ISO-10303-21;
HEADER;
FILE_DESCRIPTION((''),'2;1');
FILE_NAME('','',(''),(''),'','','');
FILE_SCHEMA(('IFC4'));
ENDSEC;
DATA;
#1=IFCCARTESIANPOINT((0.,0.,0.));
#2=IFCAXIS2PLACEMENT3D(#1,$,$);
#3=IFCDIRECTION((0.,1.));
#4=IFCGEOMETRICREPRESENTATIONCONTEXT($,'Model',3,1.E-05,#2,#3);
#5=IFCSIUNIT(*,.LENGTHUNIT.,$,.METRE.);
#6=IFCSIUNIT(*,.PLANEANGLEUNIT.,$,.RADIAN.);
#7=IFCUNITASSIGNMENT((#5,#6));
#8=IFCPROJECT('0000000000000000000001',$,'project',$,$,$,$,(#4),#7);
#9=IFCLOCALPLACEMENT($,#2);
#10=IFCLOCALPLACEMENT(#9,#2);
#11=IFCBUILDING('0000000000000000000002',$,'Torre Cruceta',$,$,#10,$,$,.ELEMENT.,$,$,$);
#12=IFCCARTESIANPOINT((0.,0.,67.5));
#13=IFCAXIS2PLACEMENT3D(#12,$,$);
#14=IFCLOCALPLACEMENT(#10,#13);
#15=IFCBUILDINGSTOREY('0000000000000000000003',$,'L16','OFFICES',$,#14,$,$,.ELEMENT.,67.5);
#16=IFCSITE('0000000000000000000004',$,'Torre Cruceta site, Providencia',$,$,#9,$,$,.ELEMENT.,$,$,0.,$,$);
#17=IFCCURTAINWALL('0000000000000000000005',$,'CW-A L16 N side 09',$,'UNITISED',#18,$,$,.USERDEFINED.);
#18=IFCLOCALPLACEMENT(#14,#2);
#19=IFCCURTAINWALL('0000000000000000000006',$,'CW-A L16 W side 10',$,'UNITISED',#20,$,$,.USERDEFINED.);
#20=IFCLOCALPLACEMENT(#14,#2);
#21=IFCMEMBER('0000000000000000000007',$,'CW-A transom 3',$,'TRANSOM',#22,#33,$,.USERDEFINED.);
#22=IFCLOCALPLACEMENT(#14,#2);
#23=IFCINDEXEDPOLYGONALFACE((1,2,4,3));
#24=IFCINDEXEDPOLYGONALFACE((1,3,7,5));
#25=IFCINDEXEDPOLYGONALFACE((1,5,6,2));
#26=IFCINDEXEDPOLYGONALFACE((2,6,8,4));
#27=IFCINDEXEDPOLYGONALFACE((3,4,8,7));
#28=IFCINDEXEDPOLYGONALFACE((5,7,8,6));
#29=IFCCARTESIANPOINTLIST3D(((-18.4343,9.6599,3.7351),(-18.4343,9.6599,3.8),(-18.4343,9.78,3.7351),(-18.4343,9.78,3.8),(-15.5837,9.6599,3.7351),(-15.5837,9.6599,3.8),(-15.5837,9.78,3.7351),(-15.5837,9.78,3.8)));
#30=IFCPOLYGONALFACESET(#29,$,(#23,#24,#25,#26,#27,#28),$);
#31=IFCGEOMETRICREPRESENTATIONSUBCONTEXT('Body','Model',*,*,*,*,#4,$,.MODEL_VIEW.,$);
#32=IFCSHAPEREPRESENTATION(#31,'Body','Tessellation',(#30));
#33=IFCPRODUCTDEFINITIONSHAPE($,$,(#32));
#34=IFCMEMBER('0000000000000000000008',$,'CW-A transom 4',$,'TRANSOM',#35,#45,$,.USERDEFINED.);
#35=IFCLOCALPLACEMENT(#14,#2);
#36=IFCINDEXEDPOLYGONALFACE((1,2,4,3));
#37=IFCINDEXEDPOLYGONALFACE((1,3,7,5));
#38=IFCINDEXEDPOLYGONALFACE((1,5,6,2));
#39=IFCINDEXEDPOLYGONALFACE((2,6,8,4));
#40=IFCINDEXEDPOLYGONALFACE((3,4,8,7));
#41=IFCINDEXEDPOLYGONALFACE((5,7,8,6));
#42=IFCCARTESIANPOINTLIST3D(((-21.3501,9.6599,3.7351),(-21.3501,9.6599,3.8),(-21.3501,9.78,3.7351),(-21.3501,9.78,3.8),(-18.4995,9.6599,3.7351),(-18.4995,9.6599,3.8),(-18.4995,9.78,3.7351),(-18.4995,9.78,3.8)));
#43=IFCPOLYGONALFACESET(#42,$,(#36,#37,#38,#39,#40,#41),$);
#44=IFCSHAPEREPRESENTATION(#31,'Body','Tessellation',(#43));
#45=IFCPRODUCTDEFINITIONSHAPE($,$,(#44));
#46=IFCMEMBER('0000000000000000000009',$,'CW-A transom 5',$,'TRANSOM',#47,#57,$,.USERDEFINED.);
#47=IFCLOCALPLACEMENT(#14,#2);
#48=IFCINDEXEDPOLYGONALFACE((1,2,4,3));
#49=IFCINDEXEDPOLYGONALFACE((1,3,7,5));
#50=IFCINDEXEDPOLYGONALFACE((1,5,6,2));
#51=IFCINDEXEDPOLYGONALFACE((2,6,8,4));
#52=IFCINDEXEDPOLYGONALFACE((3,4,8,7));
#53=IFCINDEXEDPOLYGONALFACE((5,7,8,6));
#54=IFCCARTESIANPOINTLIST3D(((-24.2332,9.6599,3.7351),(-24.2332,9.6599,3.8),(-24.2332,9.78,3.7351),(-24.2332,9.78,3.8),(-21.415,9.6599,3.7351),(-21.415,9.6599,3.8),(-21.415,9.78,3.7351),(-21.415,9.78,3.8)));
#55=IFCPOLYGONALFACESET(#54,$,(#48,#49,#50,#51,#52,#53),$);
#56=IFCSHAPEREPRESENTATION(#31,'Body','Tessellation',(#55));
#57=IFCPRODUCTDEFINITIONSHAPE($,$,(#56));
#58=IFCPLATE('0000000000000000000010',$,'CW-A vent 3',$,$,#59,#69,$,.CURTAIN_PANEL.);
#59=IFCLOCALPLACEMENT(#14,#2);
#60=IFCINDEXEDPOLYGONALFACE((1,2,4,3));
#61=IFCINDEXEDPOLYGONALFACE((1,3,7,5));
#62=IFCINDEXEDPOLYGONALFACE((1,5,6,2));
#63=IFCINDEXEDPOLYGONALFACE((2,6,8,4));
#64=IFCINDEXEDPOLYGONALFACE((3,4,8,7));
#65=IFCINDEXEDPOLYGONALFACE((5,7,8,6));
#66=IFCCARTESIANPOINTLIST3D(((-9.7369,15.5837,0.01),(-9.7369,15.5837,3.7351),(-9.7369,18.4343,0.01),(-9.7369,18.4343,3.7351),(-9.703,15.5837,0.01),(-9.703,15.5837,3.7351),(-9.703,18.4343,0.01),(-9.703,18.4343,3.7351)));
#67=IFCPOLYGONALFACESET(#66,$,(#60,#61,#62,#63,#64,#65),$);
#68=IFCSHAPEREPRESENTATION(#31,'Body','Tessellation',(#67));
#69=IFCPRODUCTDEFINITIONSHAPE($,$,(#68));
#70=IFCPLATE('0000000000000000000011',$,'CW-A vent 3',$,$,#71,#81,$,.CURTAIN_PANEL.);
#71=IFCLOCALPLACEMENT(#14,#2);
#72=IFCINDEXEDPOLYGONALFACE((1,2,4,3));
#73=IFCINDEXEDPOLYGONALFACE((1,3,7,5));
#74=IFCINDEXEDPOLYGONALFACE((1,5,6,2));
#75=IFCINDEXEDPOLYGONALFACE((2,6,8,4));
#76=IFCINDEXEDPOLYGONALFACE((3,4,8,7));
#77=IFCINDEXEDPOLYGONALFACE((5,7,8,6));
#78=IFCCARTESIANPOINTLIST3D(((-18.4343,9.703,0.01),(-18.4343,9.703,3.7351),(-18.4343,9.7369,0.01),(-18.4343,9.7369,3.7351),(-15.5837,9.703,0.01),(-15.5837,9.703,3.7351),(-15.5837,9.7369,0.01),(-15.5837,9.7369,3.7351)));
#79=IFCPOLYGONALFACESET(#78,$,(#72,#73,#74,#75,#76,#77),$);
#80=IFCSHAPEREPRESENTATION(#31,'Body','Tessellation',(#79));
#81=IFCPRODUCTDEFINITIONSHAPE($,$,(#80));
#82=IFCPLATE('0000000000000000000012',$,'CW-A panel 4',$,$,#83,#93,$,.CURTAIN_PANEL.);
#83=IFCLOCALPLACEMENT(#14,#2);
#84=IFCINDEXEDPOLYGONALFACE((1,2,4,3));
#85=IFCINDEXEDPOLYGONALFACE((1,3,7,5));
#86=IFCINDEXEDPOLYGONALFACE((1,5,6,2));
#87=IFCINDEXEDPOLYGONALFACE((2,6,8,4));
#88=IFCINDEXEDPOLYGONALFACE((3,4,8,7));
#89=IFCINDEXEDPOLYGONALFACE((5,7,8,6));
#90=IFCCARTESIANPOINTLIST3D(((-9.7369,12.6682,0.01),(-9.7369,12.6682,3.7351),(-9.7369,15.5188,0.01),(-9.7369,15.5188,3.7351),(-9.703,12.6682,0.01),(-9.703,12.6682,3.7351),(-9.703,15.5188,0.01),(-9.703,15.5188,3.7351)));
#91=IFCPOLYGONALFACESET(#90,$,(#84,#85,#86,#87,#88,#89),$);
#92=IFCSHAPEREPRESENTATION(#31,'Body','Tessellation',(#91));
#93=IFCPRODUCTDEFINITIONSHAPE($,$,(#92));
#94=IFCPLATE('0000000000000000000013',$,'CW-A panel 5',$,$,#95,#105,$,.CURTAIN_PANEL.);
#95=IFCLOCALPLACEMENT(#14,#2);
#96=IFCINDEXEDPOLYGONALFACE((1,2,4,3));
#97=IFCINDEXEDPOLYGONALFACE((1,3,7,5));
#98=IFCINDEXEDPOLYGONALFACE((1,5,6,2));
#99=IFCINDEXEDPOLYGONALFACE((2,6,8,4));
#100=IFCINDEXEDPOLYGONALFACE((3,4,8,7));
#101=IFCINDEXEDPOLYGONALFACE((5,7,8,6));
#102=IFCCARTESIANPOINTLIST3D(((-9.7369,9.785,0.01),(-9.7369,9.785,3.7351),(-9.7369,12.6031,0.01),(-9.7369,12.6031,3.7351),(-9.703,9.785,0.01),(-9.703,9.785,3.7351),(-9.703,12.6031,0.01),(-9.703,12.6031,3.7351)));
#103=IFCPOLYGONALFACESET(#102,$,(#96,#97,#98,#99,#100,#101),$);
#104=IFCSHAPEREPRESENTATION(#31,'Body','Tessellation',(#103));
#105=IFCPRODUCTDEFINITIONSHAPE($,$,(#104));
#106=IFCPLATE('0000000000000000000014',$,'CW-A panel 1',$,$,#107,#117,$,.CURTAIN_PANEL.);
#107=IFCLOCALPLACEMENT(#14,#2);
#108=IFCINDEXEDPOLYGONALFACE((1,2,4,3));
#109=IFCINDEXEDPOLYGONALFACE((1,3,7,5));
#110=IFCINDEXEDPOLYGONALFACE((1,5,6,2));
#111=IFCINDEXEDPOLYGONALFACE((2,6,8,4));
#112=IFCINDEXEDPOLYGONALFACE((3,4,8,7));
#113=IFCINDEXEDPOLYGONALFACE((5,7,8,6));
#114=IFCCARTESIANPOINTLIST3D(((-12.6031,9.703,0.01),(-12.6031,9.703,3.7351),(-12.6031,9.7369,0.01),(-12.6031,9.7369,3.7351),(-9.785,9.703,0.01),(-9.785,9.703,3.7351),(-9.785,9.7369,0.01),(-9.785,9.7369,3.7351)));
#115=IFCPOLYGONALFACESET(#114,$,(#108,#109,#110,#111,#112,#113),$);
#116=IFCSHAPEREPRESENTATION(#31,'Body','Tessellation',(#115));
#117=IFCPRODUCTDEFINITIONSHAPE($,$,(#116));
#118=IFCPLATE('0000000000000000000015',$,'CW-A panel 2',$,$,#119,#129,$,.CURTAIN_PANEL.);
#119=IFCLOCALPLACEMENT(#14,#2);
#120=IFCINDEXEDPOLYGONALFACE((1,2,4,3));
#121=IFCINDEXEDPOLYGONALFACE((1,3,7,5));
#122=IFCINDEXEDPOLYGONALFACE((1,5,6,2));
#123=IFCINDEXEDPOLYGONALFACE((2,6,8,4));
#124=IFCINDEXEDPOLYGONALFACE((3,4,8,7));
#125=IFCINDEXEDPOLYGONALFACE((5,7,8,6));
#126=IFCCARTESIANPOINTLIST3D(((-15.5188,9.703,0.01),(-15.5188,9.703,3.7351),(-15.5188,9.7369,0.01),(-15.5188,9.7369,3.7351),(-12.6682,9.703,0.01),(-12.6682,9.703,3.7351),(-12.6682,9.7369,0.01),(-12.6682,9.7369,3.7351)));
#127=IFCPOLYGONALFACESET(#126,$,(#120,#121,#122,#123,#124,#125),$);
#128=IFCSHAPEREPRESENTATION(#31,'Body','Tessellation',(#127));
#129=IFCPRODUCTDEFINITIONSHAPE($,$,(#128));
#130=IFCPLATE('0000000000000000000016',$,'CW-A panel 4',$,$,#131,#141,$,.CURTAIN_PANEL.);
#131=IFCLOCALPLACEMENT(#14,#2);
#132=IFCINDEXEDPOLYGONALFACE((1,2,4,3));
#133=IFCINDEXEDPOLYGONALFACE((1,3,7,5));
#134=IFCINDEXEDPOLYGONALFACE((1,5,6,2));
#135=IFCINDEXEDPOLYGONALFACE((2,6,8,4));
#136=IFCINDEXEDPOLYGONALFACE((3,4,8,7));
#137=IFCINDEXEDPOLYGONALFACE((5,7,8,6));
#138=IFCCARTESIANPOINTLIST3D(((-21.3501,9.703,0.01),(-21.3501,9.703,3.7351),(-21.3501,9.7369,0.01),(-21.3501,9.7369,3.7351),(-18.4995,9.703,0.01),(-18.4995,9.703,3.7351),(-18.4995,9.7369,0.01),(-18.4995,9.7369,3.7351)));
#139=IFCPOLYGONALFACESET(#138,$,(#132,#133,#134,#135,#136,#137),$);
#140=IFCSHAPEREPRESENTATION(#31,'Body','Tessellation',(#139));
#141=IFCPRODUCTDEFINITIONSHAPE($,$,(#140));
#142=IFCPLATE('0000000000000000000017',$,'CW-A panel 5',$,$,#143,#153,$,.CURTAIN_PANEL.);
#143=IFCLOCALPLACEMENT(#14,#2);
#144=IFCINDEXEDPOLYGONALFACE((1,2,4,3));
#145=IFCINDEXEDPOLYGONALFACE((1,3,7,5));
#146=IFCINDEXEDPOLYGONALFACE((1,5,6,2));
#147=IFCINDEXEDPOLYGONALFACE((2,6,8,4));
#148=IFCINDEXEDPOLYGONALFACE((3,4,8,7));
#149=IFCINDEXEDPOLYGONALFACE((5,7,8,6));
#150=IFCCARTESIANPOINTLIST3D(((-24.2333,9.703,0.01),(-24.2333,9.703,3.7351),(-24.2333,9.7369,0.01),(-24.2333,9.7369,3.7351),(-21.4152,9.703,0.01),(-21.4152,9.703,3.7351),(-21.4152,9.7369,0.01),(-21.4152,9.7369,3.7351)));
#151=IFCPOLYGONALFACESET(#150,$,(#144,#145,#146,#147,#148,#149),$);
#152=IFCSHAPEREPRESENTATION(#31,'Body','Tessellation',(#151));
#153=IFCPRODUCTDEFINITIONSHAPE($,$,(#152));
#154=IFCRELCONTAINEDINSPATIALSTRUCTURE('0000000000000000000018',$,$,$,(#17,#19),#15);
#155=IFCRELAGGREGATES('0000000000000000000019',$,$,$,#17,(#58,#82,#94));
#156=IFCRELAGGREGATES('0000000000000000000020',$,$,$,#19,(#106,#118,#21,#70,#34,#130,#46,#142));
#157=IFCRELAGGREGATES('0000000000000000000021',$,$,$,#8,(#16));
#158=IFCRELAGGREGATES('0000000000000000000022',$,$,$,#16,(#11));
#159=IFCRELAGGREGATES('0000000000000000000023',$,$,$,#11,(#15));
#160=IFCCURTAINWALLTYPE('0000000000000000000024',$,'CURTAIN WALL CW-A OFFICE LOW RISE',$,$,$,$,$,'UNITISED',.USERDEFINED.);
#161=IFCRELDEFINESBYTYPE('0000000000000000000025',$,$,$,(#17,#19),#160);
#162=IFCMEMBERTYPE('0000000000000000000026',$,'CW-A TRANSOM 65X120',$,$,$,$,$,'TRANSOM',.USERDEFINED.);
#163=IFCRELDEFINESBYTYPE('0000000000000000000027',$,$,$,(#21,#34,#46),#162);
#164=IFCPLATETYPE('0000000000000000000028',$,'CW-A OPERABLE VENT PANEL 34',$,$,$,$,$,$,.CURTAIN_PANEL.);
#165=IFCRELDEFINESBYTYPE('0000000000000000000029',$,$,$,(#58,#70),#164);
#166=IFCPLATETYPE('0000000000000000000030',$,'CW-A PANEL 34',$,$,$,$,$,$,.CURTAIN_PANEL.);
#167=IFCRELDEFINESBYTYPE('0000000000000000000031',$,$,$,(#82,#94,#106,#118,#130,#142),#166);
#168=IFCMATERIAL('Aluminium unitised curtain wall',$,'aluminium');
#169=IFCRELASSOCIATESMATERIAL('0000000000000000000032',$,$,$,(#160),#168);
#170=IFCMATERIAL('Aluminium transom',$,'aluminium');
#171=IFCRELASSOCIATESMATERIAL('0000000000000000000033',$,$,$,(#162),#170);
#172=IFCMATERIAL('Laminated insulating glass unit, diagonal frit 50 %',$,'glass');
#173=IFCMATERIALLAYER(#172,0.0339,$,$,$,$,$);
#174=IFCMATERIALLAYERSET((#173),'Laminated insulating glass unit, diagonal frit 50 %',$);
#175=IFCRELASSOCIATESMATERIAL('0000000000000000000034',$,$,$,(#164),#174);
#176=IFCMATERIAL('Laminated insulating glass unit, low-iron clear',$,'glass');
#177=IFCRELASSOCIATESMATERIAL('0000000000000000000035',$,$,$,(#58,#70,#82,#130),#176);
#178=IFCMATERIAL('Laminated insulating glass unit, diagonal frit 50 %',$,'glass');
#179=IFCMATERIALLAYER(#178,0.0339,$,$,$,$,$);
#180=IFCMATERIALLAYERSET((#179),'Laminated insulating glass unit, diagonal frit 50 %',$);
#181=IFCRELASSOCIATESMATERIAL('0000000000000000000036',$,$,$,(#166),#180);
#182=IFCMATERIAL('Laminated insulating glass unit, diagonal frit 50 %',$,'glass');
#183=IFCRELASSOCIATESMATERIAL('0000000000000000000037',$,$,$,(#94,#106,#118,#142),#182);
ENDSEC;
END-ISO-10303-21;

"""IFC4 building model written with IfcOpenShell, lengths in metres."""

from ifc_helpers import new_model, si_unit, direction, frame, origin, origin_2d, place, context, subcontext, project, spatial, rectangle, extrude, material, layer, layer_set, material_profile, profile_set, type_object, element, aggregate, save


model = new_model("IFC4")

# Units and contexts
model_context = context("Model", 3, precision=1e-05, world=origin(), true_north=direction((0.0, 1.0)))
body_context = subcontext(model_context, "Body", "Model", "MODEL_VIEW")
ifc_project = project(units=[si_unit("LENGTHUNIT", "METRE"), si_unit("PLANEANGLEUNIT", "RADIAN")], contexts=[model_context])

# Site, building, storey
site_placement = place(None, origin())
site = spatial("IfcSite", under=ifc_project, at=site_placement, Name="Torre Cruceta site, Providencia", CompositionType="ELEMENT", RefElevation=0.0)
building_placement = place(site_placement, origin())
building = spatial("IfcBuilding", under=site, at=building_placement, Name="Torre Cruceta", CompositionType="ELEMENT")
storey_placement = place(building_placement, frame((0.0, 0.0, 67.5)))
storey = spatial("IfcBuildingStorey", under=building, at=storey_placement, Name="L16", Description="OFFICES", CompositionType="ELEMENT", Elevation=67.5)

# Curtain walls
ifc_material_1 = material(Name="Aluminium unitised curtain wall", Category="aluminium")
curtain_wall_type = type_object("IfcCurtainWallType", Name="CURTAIN WALL CW-A OFFICE LOW RISE", ElementType="UNITISED", PredefinedType="USERDEFINED", material=ifc_material_1)
curtain_wall_1_placement = place(storey_placement, origin())
curtain_wall_1 = element("IfcCurtainWall", 1, at=curtain_wall_1_placement, inside=storey, type_object=curtain_wall_type, Name="CW-A L16 N side 09", ObjectType="UNITISED", PredefinedType="USERDEFINED")
curtain_wall_2_placement = place(storey_placement, origin())
curtain_wall_2 = element("IfcCurtainWall", 2, at=curtain_wall_2_placement, inside=storey, type_object=curtain_wall_type, Name="CW-A L16 W side 10", ObjectType="UNITISED", PredefinedType="USERDEFINED")

# Members
ifc_material_2 = material(Name="Aluminium transom", Category="aluminium")
ifc_material_profile_1 = material_profile(ifc_material_2, rectangle(XDim=0.1201, YDim=0.0649, at=origin_2d()), Name="AL 120X65")
ifc_profile_set_1 = profile_set([ifc_material_profile_1], Name="Aluminium transom")
member_type_1 = type_object("IfcMemberType", Name="CW-A TRANSOM 65X120", ElementType="TRANSOM", PredefinedType="USERDEFINED", material=ifc_profile_set_1)
member_1_placement = place(storey_placement, frame((-15.5837, 9.72, 3.7676), z_axis=(-1.0, 0.0, 0.0), x_axis=(0.0, -1.0, 0.0)))
member_1 = element("IfcMember", 3, at=member_1_placement, type_object=member_type_1, Name="CW-A transom 3", ObjectType="TRANSOM", PredefinedType="USERDEFINED", context=body_context, shape_type="SweptSolid", body=[
    extrude(rectangle(XDim=0.1201, YDim=0.0649, at=origin_2d()), origin(), (0.0, 0.0, 1.0), 2.8506),
])
member_2_placement = place(storey_placement, frame((-18.4995, 9.72, 3.7676), z_axis=(-1.0, 0.0, 0.0), x_axis=(0.0, -1.0, 0.0)))
member_2 = element("IfcMember", 4, at=member_2_placement, type_object=member_type_1, Name="CW-A transom 4", ObjectType="TRANSOM", PredefinedType="USERDEFINED", context=body_context, shape_type="SweptSolid", body=[
    extrude(rectangle(XDim=0.1201, YDim=0.0649, at=origin_2d()), origin(), (0.0, 0.0, 1.0), 2.8506),
])
member_3_placement = place(storey_placement, frame((-21.415, 9.72, 3.7676), z_axis=(-1.0, 0.0, 0.0), x_axis=(0.0, -1.0, 0.0)))
member_3 = element("IfcMember", 5, at=member_3_placement, type_object=member_type_1, Name="CW-A transom 5", ObjectType="TRANSOM", PredefinedType="USERDEFINED", context=body_context, shape_type="SweptSolid", body=[
    extrude(rectangle(XDim=0.1201, YDim=0.0649, at=origin_2d()), origin(), (0.0, 0.0, 1.0), 2.8181),
])

# Plates
ifc_material_3 = material(Name="Laminated insulating glass unit, low-iron clear", Category="glass")
ifc_material_4 = material(Name="Laminated insulating glass unit, diagonal frit 50 %", Category="glass")
ifc_layer_1 = layer(ifc_material_4, 0.0339)
ifc_layer_set_1 = layer_set([ifc_layer_1], Name="Laminated insulating glass unit, diagonal frit 50 %")
plate_type_1 = type_object("IfcPlateType", Name="CW-A OPERABLE VENT PANEL 34", PredefinedType="CURTAIN_PANEL", material=ifc_layer_set_1)
plate_1_placement = place(storey_placement, frame((-9.72, 17.009, 0.01), z_axis=(0.0, 0.0, 1.0), x_axis=(0.0, -1.0, 0.0)))
plate_1 = element("IfcPlate", 6, at=plate_1_placement, type_object=plate_type_1, material=ifc_material_3, Name="CW-A vent 3", PredefinedType="CURTAIN_PANEL", context=body_context, shape_type="SweptSolid", body=[
    extrude(rectangle(XDim=2.8506, YDim=0.0339, at=origin_2d()), origin(), (0.0, 0.0, 1.0), 3.7251),
])
plate_2_placement = place(storey_placement, frame((-17.009, 9.72, 0.01), z_axis=(0.0, 0.0, 1.0), x_axis=(-1.0, 0.0, 0.0)))
plate_2 = element("IfcPlate", 7, at=plate_2_placement, type_object=plate_type_1, material=ifc_material_3, Name="CW-A vent 3", PredefinedType="CURTAIN_PANEL", context=body_context, shape_type="SweptSolid", body=[
    extrude(rectangle(XDim=2.8506, YDim=0.0339, at=origin_2d()), origin(), (0.0, 0.0, 1.0), 3.7251),
])
ifc_material_5 = material(Name="Laminated insulating glass unit, diagonal frit 50 %", Category="glass")
ifc_layer_2 = layer(ifc_material_5, 0.0339)
ifc_layer_set_2 = layer_set([ifc_layer_2], Name="Laminated insulating glass unit, diagonal frit 50 %")
plate_type_2 = type_object("IfcPlateType", Name="CW-A PANEL 34", PredefinedType="CURTAIN_PANEL", material=ifc_layer_set_2)
plate_3_placement = place(storey_placement, frame((-9.72, 14.0935, 0.01), z_axis=(0.0, 0.0, 1.0), x_axis=(0.0, -1.0, 0.0)))
plate_3 = element("IfcPlate", 8, at=plate_3_placement, type_object=plate_type_2, material=ifc_material_3, Name="CW-A panel 4", PredefinedType="CURTAIN_PANEL", context=body_context, shape_type="SweptSolid", body=[
    extrude(rectangle(XDim=2.8506, YDim=0.0339, at=origin_2d()), origin(), (0.0, 0.0, 1.0), 3.7251),
])
ifc_material_6 = material(Name="Laminated insulating glass unit, diagonal frit 50 %", Category="glass")
plate_4_placement = place(storey_placement, frame((-9.72, 11.1941, 0.01), z_axis=(0.0, 0.0, 1.0), x_axis=(0.0, -1.0, 0.0)))
plate_4 = element("IfcPlate", 9, at=plate_4_placement, type_object=plate_type_2, material=ifc_material_6, Name="CW-A panel 5", PredefinedType="CURTAIN_PANEL", context=body_context, shape_type="SweptSolid", body=[
    extrude(rectangle(XDim=2.8181, YDim=0.0339, at=origin_2d()), origin(), (0.0, 0.0, 1.0), 3.7251),
])
aggregate(curtain_wall_1, [plate_1, plate_3, plate_4])
plate_5_placement = place(storey_placement, frame((-11.1941, 9.72, 0.01), z_axis=(0.0, 0.0, 1.0), x_axis=(-1.0, 0.0, 0.0)))
plate_5 = element("IfcPlate", 10, at=plate_5_placement, type_object=plate_type_2, material=ifc_material_6, Name="CW-A panel 1", PredefinedType="CURTAIN_PANEL", context=body_context, shape_type="SweptSolid", body=[
    extrude(rectangle(XDim=2.8181, YDim=0.0339, at=origin_2d()), origin(), (0.0, 0.0, 1.0), 3.7251),
])
plate_6_placement = place(storey_placement, frame((-14.0935, 9.72, 0.01), z_axis=(0.0, 0.0, 1.0), x_axis=(-1.0, 0.0, 0.0)))
plate_6 = element("IfcPlate", 11, at=plate_6_placement, type_object=plate_type_2, material=ifc_material_6, Name="CW-A panel 2", PredefinedType="CURTAIN_PANEL", context=body_context, shape_type="SweptSolid", body=[
    extrude(rectangle(XDim=2.8506, YDim=0.0339, at=origin_2d()), origin(), (0.0, 0.0, 1.0), 3.7251),
])
plate_7_placement = place(storey_placement, frame((-19.9248, 9.72, 0.01), z_axis=(0.0, 0.0, 1.0), x_axis=(-1.0, 0.0, 0.0)))
plate_7 = element("IfcPlate", 12, at=plate_7_placement, type_object=plate_type_2, material=ifc_material_3, Name="CW-A panel 4", PredefinedType="CURTAIN_PANEL", context=body_context, shape_type="SweptSolid", body=[
    extrude(rectangle(XDim=2.8506, YDim=0.0339, at=origin_2d()), origin(), (0.0, 0.0, 1.0), 3.7251),
])
plate_8_placement = place(storey_placement, frame((-22.8242, 9.72, 0.01), z_axis=(0.0, 0.0, 1.0), x_axis=(-1.0, 0.0, 0.0)))
plate_8 = element("IfcPlate", 13, at=plate_8_placement, type_object=plate_type_2, material=ifc_material_6, Name="CW-A panel 5", PredefinedType="CURTAIN_PANEL", context=body_context, shape_type="SweptSolid", body=[
    extrude(rectangle(XDim=2.8181, YDim=0.0339, at=origin_2d()), origin(), (0.0, 0.0, 1.0), 3.7251),
])
aggregate(curtain_wall_2, [plate_5, plate_6, member_1, plate_2, member_2, plate_7, member_3, plate_8])

save(model, "model.ifc")
